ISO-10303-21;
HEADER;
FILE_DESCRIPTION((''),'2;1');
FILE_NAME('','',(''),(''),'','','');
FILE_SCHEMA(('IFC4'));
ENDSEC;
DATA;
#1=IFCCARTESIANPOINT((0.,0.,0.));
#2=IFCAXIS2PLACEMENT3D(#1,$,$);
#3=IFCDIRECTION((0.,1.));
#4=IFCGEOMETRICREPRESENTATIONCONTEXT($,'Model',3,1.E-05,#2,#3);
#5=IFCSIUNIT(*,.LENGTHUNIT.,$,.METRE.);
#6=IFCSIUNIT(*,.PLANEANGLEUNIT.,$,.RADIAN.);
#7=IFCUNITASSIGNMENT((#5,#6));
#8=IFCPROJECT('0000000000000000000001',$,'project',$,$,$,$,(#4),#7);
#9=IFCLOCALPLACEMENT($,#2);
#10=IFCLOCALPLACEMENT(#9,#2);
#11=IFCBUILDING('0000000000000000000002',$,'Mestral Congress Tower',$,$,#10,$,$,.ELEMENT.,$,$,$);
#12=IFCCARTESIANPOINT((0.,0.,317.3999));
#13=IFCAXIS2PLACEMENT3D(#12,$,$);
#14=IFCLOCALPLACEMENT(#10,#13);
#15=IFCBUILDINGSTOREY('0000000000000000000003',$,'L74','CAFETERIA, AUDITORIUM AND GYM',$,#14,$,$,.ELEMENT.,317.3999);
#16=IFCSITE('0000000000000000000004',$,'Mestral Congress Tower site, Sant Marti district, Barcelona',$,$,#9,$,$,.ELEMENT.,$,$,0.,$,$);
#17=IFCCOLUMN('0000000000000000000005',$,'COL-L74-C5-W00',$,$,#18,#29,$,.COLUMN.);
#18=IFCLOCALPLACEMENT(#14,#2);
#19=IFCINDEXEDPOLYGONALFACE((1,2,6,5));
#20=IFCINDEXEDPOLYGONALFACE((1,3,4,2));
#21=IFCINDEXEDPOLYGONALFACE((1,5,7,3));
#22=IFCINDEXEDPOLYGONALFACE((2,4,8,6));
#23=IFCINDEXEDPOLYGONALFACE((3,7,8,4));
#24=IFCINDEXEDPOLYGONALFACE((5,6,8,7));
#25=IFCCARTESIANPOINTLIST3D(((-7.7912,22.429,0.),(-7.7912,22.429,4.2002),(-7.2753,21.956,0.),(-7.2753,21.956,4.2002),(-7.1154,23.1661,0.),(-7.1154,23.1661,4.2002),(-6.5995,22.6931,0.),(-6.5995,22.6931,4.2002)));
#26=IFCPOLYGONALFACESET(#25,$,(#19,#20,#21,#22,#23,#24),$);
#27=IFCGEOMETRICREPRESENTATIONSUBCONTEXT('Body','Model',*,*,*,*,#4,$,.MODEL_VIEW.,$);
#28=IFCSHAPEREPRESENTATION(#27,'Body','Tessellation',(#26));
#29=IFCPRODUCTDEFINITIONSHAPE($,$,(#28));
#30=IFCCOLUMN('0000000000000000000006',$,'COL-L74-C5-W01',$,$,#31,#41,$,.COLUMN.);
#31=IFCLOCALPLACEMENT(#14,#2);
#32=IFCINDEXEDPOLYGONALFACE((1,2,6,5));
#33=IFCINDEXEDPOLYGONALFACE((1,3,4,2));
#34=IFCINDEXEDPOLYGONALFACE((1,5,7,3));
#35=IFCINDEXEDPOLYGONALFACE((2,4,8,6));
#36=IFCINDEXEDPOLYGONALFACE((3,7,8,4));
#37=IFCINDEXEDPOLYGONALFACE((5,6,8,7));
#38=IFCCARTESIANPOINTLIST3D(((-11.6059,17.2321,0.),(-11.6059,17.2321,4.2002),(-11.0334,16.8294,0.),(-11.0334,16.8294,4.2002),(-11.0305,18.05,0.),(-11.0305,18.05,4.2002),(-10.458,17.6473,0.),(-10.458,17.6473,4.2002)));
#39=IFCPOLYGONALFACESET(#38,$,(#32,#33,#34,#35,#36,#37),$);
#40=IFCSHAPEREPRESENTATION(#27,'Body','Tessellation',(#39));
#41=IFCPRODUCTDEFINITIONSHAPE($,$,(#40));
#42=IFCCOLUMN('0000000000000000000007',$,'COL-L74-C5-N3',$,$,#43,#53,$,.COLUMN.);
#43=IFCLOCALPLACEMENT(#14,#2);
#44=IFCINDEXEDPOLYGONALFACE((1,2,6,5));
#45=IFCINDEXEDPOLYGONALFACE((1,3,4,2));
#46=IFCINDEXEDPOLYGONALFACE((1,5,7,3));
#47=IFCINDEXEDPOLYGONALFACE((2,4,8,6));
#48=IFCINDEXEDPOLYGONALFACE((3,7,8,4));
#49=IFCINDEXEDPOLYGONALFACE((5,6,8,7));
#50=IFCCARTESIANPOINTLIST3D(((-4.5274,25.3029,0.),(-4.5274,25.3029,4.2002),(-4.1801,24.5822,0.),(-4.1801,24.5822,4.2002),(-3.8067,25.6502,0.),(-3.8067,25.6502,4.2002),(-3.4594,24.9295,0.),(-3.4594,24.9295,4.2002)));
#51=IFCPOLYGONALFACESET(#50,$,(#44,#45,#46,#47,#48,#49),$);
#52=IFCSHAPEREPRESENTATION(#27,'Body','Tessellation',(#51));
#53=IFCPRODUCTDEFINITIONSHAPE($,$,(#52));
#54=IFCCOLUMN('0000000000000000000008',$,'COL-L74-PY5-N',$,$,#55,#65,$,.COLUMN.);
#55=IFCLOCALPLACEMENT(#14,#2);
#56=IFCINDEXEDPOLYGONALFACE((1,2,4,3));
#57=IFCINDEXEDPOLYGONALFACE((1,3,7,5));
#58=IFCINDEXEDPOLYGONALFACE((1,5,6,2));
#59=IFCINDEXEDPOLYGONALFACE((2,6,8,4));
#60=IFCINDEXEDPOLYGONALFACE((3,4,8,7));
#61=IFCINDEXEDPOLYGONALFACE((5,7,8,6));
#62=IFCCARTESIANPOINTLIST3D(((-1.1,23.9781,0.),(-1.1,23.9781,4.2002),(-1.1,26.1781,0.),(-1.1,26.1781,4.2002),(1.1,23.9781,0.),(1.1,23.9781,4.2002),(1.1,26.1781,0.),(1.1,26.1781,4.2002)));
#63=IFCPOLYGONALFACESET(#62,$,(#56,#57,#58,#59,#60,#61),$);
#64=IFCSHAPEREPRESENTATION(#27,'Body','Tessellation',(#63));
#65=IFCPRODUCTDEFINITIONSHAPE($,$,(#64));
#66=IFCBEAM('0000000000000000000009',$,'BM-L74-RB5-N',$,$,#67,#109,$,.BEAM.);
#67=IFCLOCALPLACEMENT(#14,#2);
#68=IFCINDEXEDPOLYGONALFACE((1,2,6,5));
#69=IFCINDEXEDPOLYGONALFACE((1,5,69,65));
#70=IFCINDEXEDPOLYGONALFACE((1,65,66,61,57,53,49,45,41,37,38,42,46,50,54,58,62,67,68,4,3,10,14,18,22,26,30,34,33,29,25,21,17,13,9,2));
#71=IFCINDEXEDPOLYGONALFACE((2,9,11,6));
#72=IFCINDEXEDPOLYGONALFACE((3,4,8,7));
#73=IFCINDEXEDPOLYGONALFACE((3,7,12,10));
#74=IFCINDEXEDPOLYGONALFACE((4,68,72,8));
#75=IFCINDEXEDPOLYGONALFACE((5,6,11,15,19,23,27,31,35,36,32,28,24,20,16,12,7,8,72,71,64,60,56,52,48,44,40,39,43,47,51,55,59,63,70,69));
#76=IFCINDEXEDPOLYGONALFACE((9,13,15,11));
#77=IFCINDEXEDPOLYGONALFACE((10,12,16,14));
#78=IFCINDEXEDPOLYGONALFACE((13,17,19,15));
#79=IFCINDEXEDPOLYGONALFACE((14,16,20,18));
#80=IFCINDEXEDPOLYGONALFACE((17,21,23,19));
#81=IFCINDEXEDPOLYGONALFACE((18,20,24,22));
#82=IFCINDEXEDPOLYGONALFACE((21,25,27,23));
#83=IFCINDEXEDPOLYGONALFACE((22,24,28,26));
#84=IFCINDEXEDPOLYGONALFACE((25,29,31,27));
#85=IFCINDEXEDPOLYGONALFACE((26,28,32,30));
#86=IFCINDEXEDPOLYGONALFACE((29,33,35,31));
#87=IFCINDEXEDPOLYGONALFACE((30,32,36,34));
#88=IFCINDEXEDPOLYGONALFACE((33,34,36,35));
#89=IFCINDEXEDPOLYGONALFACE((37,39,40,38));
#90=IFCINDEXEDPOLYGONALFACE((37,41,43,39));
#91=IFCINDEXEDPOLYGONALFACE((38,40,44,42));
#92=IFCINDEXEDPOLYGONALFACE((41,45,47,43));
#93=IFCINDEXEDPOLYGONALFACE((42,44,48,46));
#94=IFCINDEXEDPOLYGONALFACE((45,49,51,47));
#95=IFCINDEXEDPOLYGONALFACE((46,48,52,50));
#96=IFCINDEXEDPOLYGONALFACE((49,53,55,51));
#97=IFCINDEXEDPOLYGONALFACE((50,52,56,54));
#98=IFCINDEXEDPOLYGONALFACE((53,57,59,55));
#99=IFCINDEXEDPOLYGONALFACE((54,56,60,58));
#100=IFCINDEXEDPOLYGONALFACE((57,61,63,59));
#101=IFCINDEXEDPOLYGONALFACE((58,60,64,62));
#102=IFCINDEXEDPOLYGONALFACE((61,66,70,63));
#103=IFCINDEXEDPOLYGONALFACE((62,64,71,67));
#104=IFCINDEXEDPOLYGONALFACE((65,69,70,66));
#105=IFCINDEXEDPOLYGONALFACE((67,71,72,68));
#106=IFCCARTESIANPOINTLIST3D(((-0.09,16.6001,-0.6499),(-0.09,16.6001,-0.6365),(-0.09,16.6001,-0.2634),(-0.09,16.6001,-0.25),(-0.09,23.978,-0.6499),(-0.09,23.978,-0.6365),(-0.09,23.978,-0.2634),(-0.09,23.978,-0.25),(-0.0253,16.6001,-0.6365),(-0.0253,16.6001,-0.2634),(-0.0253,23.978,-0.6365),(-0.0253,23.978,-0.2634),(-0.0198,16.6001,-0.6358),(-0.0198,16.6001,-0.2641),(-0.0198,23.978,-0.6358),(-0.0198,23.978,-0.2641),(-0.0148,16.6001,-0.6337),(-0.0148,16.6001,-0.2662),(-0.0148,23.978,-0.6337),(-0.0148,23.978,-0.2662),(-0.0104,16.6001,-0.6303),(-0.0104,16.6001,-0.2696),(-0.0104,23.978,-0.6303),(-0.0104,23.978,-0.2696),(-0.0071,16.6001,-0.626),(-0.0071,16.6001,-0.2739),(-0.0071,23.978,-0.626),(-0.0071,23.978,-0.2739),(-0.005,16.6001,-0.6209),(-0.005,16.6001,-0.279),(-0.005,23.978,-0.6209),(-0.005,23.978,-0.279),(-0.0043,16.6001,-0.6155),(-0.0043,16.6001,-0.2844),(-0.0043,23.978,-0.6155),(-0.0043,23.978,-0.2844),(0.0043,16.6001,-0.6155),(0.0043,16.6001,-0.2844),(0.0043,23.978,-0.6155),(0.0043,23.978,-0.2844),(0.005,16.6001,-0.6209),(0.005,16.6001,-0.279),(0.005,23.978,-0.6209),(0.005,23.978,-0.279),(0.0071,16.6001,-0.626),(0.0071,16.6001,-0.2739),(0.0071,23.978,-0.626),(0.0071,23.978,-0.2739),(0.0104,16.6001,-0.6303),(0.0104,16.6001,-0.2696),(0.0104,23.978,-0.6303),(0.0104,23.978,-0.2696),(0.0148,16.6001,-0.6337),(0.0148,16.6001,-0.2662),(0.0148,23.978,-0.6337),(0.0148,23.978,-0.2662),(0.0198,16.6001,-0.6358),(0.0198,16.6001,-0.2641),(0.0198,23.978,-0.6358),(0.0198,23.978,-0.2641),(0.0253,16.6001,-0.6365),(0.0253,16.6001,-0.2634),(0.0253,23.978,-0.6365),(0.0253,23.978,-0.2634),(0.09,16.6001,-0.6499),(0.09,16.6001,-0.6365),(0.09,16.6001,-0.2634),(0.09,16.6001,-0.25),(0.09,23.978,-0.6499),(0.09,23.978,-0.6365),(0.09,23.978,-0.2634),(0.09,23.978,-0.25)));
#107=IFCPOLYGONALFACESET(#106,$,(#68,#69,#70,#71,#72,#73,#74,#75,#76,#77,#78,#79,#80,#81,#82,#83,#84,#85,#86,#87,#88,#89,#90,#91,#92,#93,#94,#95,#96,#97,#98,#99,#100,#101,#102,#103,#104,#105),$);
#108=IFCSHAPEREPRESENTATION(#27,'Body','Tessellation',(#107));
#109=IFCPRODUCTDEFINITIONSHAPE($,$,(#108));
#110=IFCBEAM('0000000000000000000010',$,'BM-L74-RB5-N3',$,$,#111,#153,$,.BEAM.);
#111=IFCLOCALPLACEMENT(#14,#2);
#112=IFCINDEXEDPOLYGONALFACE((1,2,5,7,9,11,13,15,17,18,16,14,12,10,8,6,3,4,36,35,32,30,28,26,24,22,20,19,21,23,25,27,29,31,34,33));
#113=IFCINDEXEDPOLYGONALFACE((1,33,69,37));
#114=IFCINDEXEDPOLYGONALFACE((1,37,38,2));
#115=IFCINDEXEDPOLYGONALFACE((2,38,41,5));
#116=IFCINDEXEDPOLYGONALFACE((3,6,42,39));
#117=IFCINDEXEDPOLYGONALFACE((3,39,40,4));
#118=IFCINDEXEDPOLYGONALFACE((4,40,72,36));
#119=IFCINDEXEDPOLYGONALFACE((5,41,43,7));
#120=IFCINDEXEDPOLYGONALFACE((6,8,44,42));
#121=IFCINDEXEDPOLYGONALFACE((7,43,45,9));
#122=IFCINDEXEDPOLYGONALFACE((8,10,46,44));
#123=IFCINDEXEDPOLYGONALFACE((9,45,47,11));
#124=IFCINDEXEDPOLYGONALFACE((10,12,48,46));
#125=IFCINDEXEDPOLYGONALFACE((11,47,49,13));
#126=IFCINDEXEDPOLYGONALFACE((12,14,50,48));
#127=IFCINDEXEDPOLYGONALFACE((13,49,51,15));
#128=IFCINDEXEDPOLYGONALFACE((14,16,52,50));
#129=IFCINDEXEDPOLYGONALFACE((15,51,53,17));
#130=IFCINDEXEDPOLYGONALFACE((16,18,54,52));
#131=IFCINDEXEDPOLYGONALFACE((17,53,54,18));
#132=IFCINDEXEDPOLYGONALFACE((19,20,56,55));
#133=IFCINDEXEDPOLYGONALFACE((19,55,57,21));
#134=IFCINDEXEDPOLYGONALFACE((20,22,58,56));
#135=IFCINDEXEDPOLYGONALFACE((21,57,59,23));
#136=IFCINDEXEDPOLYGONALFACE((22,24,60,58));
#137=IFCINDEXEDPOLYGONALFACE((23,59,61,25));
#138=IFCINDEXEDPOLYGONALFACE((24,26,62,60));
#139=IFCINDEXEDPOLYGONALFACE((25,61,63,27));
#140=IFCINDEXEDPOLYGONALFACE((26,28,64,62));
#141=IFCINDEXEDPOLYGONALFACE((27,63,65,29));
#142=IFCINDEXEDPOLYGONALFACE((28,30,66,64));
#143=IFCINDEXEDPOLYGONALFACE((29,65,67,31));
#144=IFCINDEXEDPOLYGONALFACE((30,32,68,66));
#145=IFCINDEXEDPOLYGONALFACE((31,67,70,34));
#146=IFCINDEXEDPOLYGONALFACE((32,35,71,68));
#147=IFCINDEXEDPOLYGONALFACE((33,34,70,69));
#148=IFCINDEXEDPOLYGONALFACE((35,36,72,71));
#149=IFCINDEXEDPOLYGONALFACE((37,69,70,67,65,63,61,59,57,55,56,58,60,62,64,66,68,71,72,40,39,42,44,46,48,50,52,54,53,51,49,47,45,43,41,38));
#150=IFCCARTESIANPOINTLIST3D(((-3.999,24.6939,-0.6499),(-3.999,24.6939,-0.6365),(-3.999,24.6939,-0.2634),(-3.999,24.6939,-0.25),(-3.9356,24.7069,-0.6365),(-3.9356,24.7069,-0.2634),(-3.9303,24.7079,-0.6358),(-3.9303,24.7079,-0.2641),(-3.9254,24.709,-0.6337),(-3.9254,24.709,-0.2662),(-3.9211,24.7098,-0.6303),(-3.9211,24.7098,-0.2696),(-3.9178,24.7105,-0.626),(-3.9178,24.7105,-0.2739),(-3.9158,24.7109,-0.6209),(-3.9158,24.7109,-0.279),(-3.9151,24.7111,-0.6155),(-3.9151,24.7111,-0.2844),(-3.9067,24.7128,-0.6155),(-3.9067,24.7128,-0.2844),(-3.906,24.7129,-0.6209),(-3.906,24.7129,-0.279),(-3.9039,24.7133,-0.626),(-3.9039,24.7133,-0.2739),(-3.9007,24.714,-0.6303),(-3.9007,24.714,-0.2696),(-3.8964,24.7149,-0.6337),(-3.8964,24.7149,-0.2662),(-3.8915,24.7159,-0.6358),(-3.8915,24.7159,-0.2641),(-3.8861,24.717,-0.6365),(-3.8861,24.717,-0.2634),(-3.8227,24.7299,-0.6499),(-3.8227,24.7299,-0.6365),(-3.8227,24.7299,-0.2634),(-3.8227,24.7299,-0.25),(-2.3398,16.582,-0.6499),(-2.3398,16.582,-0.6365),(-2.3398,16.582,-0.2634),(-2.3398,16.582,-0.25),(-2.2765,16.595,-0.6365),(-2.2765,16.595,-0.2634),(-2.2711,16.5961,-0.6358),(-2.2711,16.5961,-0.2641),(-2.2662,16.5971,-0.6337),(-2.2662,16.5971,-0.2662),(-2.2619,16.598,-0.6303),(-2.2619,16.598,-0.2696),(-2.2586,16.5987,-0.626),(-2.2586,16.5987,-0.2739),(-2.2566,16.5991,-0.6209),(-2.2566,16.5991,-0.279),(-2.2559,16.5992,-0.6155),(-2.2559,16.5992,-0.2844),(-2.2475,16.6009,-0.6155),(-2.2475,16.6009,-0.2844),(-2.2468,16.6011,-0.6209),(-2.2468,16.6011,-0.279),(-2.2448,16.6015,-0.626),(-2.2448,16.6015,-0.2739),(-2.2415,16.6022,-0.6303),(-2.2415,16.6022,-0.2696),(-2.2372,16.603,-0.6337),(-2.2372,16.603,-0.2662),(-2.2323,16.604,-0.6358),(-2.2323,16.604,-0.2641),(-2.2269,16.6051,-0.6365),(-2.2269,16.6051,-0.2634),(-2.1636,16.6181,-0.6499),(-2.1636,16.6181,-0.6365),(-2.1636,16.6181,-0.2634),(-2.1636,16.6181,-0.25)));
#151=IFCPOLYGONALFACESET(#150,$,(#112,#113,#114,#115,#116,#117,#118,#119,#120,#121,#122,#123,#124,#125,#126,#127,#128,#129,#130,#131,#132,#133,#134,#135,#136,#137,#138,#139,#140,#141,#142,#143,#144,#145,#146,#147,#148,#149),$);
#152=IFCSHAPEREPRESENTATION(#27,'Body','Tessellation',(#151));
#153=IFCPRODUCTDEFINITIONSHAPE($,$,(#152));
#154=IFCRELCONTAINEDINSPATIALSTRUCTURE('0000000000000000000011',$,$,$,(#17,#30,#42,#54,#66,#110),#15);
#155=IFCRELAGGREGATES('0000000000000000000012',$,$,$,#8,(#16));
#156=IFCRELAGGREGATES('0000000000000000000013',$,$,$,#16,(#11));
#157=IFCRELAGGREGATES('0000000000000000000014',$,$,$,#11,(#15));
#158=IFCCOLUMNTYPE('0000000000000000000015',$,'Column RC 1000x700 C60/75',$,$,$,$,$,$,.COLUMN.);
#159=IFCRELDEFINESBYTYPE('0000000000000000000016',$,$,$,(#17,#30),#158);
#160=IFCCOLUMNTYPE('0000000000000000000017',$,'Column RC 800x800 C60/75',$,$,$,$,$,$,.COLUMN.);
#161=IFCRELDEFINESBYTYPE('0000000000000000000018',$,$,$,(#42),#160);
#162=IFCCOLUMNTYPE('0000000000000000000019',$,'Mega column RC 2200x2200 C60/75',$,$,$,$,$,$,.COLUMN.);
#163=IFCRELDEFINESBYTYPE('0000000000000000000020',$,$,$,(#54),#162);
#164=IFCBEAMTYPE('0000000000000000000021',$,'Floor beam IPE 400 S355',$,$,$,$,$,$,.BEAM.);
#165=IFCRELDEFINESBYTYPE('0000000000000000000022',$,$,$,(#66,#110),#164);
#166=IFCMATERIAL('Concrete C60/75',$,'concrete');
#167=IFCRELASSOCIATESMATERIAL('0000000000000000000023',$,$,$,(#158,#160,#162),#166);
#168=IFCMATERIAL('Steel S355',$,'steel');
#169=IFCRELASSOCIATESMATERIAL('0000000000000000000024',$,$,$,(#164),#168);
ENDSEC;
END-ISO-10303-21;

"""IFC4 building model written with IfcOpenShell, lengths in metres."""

from ifc_helpers import new_model, si_unit, direction, frame, origin, origin_2d, place, context, subcontext, project, spatial, rectangle, i_section, extrude, material, material_profile, profile_set, type_object, element, save


model = new_model("IFC4")

# Units and contexts
model_context = context("Model", 3, precision=1e-05, world=origin(), true_north=direction((0.0, 1.0)))
body_context = subcontext(model_context, "Body", "Model", "MODEL_VIEW")
ifc_project = project(units=[si_unit("LENGTHUNIT", "METRE"), si_unit("PLANEANGLEUNIT", "RADIAN")], contexts=[model_context])

# Site, building, storey
site_placement = place(None, origin())
site = spatial("IfcSite", under=ifc_project, at=site_placement, Name="Mestral Congress Tower site, Sant Marti district, Barcelona", CompositionType="ELEMENT", RefElevation=0.0)
building_placement = place(site_placement, origin())
building = spatial("IfcBuilding", under=site, at=building_placement, Name="Mestral Congress Tower", CompositionType="ELEMENT")
storey_placement = place(building_placement, frame((0.0, 0.0, 317.3999)))
storey = spatial("IfcBuildingStorey", under=building, at=storey_placement, Name="L74", Description="CAFETERIA, AUDITORIUM AND GYM", CompositionType="ELEMENT", Elevation=317.3999)

# Columns
ifc_material_1 = material(Name="Concrete C60/75", Category="concrete")
ifc_material_profile_1 = material_profile(ifc_material_1, rectangle(XDim=1.0, YDim=0.7, at=origin_2d()), Name="RC 1000x700")
ifc_profile_set_1 = profile_set([ifc_material_profile_1], Name="Concrete C60/75")
column_type_1 = type_object("IfcColumnType", Name="Column RC 1000x700 C60/75", PredefinedType="COLUMN", material=ifc_profile_set_1)
for number, where, z_axis, x_axis, name in (
    (1, (-7.1953, 22.561, 0.0), (0.0, 0.0, 1.0), (-0.675803, -0.737083, 0.0), "COL-L74-C5-W00"),
    (2, (-11.032, 17.4397, 0.0), (0.0, 0.0, 1.0), (-0.575402, -0.817871, 0.0), "COL-L74-C5-W01"),
):
    element("IfcColumn", number, at=place(storey_placement, frame(where, z_axis=z_axis, x_axis=x_axis)), inside=storey, type_object=column_type_1, Name=name, PredefinedType="COLUMN", context=body_context, shape_type="SweptSolid", body=[
        extrude(rectangle(XDim=1.0, YDim=0.7, at=origin_2d()), origin(), (0.0, 0.0, 1.0), 4.2002),
    ])
ifc_material_profile_2 = material_profile(ifc_material_1, rectangle(XDim=0.8, YDim=0.8, at=origin_2d()), Name="RC 800x800")
ifc_profile_set_2 = profile_set([ifc_material_profile_2], Name="Concrete C60/75")
column_type_2 = type_object("IfcColumnType", Name="Column RC 800x800 C60/75", PredefinedType="COLUMN", material=ifc_profile_set_2)
column_1_placement = place(storey_placement, frame((-3.9934, 25.1162, 0.0), z_axis=(0.0, 0.0, 1.0), x_axis=(-0.900873, -0.434082, 0.0)))
element("IfcColumn", 3, at=column_1_placement, inside=storey, type_object=column_type_2, Name="COL-L74-C5-N3", PredefinedType="COLUMN", context=body_context, shape_type="SweptSolid", body=[
    extrude(rectangle(XDim=0.8, YDim=0.8, at=origin_2d()), origin(), (0.0, 0.0, 1.0), 4.2002),
])
ifc_material_profile_3 = material_profile(ifc_material_1, rectangle(XDim=2.2, YDim=2.2, at=origin_2d()), Name="RC 2200x2200")
ifc_profile_set_3 = profile_set([ifc_material_profile_3], Name="Concrete C60/75")
column_type_3 = type_object("IfcColumnType", Name="Mega column RC 2200x2200 C60/75", PredefinedType="COLUMN", material=ifc_profile_set_3)
column_2_placement = place(storey_placement, frame((0.0, 25.0781, 0.0), z_axis=(0.0, 0.0, 1.0), x_axis=(0.0, 1.0, 0.0)))
element("IfcColumn", 4, at=column_2_placement, inside=storey, type_object=column_type_3, Name="COL-L74-PY5-N", PredefinedType="COLUMN", context=body_context, shape_type="SweptSolid", body=[
    extrude(rectangle(XDim=2.2, YDim=2.2, at=origin_2d()), origin(), (0.0, 0.0, 1.0), 4.2002),
])

# Beams
ifc_material_2 = material(Name="Steel S355", Category="steel")
ifc_material_profile_4 = material_profile(ifc_material_2, i_section(OverallWidth=0.1799, OverallDepth=0.3999, WebThickness=0.0085, FlangeThickness=0.0134, FilletRadius=0.021, at=origin_2d()), Name="IPE 400")
ifc_profile_set_4 = profile_set([ifc_material_profile_4], Name="Steel S355")
beam_type_1 = type_object("IfcBeamType", Name="Floor beam IPE 400 S355", PredefinedType="BEAM", material=ifc_profile_set_4)
beam_1_placement = place(storey_placement, frame((0.0, 23.978, -0.45), z_axis=(0.0, -1.0, 0.0), x_axis=(1.0, 0.0, 0.0)))
element("IfcBeam", 5, at=beam_1_placement, inside=storey, type_object=beam_type_1, Name="BM-L74-RB5-N", PredefinedType="BEAM", context=body_context, shape_type="SweptSolid", body=[
    extrude(i_section(OverallWidth=0.1799, OverallDepth=0.3999, WebThickness=0.0085, FlangeThickness=0.0134, FilletRadius=0.021, at=origin_2d()), origin(), (0.0, 0.0, 1.0), 7.3779),
])
beam_2_placement = place(storey_placement, frame((-3.9109, 24.7119, -0.45), z_axis=(0.20039, -0.979716, 0.0), x_axis=(0.979716, 0.20039, 0.0)))
element("IfcBeam", 6, at=beam_2_placement, inside=storey, type_object=beam_type_1, Name="BM-L74-RB5-N3", PredefinedType="BEAM", context=body_context, shape_type="SweptSolid", body=[
    extrude(i_section(OverallWidth=0.1799, OverallDepth=0.3999, WebThickness=0.0085, FlangeThickness=0.0134, FilletRadius=0.021, at=origin_2d()), origin(), (0.0, 0.0, 1.0), 8.2798),
])

save(model, "model.ifc")
